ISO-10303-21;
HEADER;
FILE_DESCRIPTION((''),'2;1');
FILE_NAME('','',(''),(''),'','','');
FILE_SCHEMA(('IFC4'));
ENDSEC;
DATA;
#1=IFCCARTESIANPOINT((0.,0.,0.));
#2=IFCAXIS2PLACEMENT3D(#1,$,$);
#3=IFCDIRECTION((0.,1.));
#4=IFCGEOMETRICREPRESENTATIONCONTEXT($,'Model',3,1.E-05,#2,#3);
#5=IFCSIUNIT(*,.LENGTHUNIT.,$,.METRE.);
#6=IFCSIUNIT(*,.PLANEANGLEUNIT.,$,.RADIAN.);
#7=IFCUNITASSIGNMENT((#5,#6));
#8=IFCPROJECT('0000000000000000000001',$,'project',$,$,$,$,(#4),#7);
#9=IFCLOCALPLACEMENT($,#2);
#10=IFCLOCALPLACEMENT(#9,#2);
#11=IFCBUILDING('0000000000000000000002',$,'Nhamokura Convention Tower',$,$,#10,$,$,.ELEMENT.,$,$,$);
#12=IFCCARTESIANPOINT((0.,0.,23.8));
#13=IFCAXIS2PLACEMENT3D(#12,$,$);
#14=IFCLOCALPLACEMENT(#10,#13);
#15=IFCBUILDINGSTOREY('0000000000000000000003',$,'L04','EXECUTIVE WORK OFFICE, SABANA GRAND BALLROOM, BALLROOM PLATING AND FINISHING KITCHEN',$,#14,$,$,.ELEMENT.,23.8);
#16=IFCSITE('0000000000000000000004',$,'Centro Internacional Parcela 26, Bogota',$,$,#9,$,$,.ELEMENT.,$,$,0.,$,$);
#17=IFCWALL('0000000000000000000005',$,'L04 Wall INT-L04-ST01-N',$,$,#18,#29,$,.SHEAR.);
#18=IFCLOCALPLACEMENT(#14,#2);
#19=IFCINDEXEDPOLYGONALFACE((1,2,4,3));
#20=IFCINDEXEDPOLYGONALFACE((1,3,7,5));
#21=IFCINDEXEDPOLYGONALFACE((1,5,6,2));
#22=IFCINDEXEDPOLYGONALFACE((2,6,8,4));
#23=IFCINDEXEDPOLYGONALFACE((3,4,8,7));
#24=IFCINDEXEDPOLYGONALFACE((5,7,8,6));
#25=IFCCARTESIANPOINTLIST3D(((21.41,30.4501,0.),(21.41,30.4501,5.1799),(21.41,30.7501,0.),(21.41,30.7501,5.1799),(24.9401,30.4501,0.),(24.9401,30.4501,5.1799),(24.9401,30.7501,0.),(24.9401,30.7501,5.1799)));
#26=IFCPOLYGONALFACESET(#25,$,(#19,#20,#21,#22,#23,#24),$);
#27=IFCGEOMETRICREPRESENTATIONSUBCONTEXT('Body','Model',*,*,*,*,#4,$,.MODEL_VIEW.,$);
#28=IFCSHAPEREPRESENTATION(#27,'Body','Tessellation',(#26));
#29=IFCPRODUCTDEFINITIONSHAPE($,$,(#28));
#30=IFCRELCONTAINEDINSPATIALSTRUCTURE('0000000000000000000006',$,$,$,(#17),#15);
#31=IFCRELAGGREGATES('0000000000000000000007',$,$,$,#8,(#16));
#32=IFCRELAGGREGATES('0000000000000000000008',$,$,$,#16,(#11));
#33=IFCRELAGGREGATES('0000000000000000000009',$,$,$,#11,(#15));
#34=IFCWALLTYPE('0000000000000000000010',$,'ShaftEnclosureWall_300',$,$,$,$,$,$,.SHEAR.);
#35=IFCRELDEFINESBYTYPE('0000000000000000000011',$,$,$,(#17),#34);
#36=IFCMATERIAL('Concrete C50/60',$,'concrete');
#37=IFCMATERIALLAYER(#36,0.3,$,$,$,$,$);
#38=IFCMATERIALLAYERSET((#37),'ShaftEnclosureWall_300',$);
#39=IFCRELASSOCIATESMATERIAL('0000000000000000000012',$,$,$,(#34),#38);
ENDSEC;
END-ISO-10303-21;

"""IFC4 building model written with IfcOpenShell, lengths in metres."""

from ifc_helpers import new_model, si_unit, direction, frame, frame_2d, origin, place, context, subcontext, project, spatial, rectangle, extrude, material, layer, layer_set, type_object, element, save


model = new_model("IFC4")

# Units and contexts
model_context = context("Model", 3, precision=1e-05, world=origin(), true_north=direction((0.0, 1.0)))
body_context = subcontext(model_context, "Body", "Model", "MODEL_VIEW")
ifc_project = project(units=[si_unit("LENGTHUNIT", "METRE"), si_unit("PLANEANGLEUNIT", "RADIAN")], contexts=[model_context])

# Site, building, storey
site_placement = place(None, origin())
site = spatial("IfcSite", under=ifc_project, at=site_placement, Name="Centro Internacional Parcela 26, Bogota", CompositionType="ELEMENT", RefElevation=0.0)
building_placement = place(site_placement, origin())
building = spatial("IfcBuilding", under=site, at=building_placement, Name="Nhamokura Convention Tower", CompositionType="ELEMENT")
storey_placement = place(building_placement, frame((0.0, 0.0, 23.8)))
storey = spatial("IfcBuildingStorey", under=building, at=storey_placement, Name="L04", Description="EXECUTIVE WORK OFFICE, SABANA GRAND BALLROOM, BALLROOM PLATING AND FINISHING KITCHEN", CompositionType="ELEMENT", Elevation=23.8)

# Wall
ifc_material_1 = material(Name="Concrete C50/60", Category="concrete")
ifc_layer_1 = layer(ifc_material_1, 0.3)
ifc_layer_set_1 = layer_set([ifc_layer_1], Name="ShaftEnclosureWall_300")
wall_type_1 = type_object("IfcWallType", Name="ShaftEnclosureWall_300", PredefinedType="SHEAR", material=ifc_layer_set_1)
wall_1_placement = place(storey_placement, frame((21.4099, 30.6001, 0.0), z_axis=(0.0, 0.0, 1.0), x_axis=(1.0, 0.0, 0.0)))
element("IfcWall", 1, at=wall_1_placement, inside=storey, type_object=wall_type_1, Name="L04 Wall INT-L04-ST01-N", PredefinedType="SHEAR", context=body_context, shape_type="SweptSolid", body=[
    extrude(rectangle(XDim=3.53, YDim=0.3, at=frame_2d((1.7651, 0.0))), origin(), (0.0, 0.0, 1.0), 5.1799),
])

save(model, "model.ifc")
